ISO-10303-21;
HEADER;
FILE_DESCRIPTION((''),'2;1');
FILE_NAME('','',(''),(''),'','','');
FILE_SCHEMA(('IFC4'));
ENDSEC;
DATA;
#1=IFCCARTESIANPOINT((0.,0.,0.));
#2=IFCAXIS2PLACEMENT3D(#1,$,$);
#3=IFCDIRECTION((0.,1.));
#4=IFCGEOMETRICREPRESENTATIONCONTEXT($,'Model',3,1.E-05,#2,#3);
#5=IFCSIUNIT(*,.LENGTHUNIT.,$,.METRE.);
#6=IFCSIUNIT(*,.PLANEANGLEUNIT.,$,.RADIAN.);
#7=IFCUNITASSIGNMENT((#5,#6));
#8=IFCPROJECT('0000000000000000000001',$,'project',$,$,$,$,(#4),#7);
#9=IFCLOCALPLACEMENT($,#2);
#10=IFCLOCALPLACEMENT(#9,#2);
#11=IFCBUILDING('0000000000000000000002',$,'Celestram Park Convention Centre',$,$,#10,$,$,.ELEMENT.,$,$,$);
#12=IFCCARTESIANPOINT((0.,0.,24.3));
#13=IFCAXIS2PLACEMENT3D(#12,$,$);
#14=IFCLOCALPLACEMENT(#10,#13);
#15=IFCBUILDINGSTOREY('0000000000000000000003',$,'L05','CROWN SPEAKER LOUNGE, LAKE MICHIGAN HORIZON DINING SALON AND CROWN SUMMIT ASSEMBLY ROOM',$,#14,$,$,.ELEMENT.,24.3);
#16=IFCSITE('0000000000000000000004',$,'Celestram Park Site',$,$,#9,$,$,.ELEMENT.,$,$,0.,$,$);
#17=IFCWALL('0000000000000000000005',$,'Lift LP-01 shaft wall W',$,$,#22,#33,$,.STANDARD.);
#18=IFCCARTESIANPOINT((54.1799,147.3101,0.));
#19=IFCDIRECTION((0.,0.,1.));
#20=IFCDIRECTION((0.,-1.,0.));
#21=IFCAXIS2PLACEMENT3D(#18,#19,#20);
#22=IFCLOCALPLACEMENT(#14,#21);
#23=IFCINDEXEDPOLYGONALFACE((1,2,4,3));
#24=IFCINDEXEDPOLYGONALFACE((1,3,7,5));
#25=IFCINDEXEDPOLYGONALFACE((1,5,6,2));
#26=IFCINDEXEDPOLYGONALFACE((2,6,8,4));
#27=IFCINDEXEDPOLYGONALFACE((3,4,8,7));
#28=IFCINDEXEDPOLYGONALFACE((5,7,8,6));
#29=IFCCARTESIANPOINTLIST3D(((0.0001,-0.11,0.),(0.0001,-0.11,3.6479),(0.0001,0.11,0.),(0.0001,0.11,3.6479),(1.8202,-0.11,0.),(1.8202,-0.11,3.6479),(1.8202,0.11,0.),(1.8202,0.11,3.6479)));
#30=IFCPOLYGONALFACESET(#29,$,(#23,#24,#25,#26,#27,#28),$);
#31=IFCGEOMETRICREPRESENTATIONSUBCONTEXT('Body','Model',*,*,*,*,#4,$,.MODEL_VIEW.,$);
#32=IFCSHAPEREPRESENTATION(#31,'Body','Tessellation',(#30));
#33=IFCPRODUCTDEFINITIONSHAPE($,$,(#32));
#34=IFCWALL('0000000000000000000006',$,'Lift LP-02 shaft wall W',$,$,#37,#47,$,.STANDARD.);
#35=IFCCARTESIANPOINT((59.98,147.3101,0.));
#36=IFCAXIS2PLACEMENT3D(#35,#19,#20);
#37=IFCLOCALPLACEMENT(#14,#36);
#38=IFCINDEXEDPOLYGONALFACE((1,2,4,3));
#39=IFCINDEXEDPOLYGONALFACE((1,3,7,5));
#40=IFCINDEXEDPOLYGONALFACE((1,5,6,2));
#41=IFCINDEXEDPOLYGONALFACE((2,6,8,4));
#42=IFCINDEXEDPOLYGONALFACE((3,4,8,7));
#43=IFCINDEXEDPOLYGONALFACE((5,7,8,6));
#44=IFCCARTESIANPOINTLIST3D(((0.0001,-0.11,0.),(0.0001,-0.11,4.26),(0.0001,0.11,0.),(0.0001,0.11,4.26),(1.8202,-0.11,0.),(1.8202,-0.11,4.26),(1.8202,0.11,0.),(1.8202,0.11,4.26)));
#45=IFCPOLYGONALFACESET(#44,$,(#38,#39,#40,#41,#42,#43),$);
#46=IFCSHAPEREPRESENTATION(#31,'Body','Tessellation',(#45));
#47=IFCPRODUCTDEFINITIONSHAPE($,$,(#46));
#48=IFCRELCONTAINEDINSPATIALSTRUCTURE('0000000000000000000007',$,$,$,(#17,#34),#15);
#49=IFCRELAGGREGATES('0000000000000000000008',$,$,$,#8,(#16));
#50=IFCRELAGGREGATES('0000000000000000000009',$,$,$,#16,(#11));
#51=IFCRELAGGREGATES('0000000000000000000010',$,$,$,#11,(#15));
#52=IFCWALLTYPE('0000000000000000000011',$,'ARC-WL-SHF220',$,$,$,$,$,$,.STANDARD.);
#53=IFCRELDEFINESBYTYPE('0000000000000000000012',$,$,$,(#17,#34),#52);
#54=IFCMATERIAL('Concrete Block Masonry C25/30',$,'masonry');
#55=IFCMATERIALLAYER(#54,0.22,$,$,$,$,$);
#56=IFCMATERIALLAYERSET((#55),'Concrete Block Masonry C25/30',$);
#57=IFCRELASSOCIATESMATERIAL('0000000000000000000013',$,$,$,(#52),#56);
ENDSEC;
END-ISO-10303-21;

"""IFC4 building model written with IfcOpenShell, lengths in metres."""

from ifc_helpers import new_model, si_unit, direction, frame, frame_2d, origin, place, context, subcontext, project, spatial, rectangle, extrude, material, layer, layer_set, type_object, element, save


model = new_model("IFC4")

# Units and contexts
model_context = context("Model", 3, precision=1e-05, world=origin(), true_north=direction((0.0, 1.0)))
body_context = subcontext(model_context, "Body", "Model", "MODEL_VIEW")
ifc_project = project(units=[si_unit("LENGTHUNIT", "METRE"), si_unit("PLANEANGLEUNIT", "RADIAN")], contexts=[model_context])

# Site, building, storey
site_placement = place(None, origin())
site = spatial("IfcSite", under=ifc_project, at=site_placement, Name="Celestram Park Site", CompositionType="ELEMENT", RefElevation=0.0)
building_placement = place(site_placement, origin())
building = spatial("IfcBuilding", under=site, at=building_placement, Name="Celestram Park Convention Centre", CompositionType="ELEMENT")
storey_placement = place(building_placement, frame((0.0, 0.0, 24.3)))
storey = spatial("IfcBuildingStorey", under=building, at=storey_placement, Name="L05", Description="CROWN SPEAKER LOUNGE, LAKE MICHIGAN HORIZON DINING SALON AND CROWN SUMMIT ASSEMBLY ROOM", CompositionType="ELEMENT", Elevation=24.3)

# Shared definitions
ifc_material_1 = material(Name="Concrete Block Masonry C25/30", Category="masonry")
ifc_layer_1 = layer(ifc_material_1, 0.22)
ifc_layer_set_1 = layer_set([ifc_layer_1], Name="Concrete Block Masonry C25/30")
wall_type_1 = type_object("IfcWallType", Name="ARC-WL-SHF220", PredefinedType="STANDARD", material=ifc_layer_set_1)

# Wall
for number, where, z_axis, x_axis, name in (
    (1, (54.1799, 147.3101, 0.0), (0.0, 0.0, 1.0), (0.0, -1.0, 0.0), "Lift LP-01 shaft wall W"),
):
    element("IfcWall", number, at=place(storey_placement, frame(where, z_axis=z_axis, x_axis=x_axis)), inside=storey, type_object=wall_type_1, Name=name, PredefinedType="STANDARD", context=body_context, shape_type="SweptSolid", body=[
        extrude(rectangle(XDim=1.8201, YDim=0.22, at=frame_2d((0.9102, 0.0))), origin(), (0.0, 0.0, 1.0), 3.6479),
    ])

# Wall
for number, where, z_axis, x_axis, name in (
    (2, (59.98, 147.3101, 0.0), (0.0, 0.0, 1.0), (0.0, -1.0, 0.0), "Lift LP-02 shaft wall W"),
):
    element("IfcWall", number, at=place(storey_placement, frame(where, z_axis=z_axis, x_axis=x_axis)), inside=storey, type_object=wall_type_1, Name=name, PredefinedType="STANDARD", context=body_context, shape_type="SweptSolid", body=[
        extrude(rectangle(XDim=1.8201, YDim=0.22, at=frame_2d((0.9102, 0.0))), origin(), (0.0, 0.0, 1.0), 4.26),
    ])

save(model, "model.ifc")
